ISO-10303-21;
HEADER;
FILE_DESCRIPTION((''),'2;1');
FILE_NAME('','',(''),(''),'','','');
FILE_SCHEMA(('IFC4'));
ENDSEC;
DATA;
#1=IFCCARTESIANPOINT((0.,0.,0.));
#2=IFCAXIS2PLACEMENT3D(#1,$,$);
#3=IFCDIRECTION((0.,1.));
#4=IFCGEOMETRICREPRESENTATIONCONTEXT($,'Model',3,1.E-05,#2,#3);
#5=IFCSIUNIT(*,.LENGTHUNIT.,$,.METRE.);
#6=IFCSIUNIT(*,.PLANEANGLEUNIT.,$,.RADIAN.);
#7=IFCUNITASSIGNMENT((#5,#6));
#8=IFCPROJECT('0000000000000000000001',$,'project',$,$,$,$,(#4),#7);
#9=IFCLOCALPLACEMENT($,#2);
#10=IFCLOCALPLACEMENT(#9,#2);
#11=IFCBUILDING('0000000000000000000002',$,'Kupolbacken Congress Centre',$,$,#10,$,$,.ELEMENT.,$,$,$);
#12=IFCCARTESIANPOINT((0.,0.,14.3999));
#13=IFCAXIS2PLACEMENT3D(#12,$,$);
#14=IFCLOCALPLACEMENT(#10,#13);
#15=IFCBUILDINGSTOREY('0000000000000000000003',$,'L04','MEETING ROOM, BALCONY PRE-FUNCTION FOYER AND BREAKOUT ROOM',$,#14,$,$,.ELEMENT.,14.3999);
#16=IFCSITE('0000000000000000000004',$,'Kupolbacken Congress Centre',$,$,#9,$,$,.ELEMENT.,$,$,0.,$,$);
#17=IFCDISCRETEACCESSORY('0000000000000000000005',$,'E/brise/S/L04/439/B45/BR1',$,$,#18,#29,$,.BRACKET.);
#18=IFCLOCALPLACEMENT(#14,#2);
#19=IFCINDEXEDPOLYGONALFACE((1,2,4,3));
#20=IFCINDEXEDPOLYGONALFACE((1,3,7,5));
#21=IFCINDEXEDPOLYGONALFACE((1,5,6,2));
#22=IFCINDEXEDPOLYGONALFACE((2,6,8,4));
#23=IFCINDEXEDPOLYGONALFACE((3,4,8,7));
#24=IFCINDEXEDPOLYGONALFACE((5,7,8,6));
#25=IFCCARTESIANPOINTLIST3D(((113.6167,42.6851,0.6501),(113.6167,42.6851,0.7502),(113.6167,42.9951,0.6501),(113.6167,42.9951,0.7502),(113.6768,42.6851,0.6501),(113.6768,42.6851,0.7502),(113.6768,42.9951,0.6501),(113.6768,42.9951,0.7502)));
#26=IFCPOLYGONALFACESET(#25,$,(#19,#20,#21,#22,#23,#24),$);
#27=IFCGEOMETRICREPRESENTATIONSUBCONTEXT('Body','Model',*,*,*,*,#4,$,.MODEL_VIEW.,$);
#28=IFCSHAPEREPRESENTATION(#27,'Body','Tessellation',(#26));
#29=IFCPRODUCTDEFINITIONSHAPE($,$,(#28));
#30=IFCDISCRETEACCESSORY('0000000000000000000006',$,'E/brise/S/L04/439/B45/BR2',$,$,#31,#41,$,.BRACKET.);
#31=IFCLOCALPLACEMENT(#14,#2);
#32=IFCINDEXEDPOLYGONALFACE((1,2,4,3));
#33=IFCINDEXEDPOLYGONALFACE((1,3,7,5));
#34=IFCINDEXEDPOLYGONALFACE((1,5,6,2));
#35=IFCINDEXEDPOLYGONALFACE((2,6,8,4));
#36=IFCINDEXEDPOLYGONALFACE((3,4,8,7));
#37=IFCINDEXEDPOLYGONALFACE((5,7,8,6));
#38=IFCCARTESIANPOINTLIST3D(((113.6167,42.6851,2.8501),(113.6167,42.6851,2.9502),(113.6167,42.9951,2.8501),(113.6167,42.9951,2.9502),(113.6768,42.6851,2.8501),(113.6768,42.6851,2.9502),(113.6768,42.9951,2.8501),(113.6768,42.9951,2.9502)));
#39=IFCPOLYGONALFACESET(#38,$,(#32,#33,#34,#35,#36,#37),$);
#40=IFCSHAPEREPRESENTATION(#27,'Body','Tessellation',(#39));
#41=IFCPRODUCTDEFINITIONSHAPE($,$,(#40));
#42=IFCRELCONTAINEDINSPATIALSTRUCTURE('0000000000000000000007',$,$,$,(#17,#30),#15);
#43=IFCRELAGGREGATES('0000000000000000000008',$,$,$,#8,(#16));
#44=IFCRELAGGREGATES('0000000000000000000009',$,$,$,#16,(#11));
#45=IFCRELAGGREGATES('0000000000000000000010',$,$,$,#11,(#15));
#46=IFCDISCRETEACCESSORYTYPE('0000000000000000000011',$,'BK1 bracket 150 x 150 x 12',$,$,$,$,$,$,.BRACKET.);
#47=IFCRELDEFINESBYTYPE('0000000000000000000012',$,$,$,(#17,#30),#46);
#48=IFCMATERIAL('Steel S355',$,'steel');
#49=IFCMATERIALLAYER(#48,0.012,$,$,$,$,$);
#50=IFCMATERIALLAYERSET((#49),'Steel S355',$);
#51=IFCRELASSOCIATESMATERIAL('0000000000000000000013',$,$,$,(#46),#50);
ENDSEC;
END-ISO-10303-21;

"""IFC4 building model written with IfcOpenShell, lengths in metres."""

from ifc_helpers import new_model, si_unit, direction, frame, origin, origin_2d, place, context, subcontext, project, spatial, rectangle, extrude, material, layer, layer_set, type_object, element, save


model = new_model("IFC4")

# Units and contexts
model_context = context("Model", 3, precision=1e-05, world=origin(), true_north=direction((0.0, 1.0)))
body_context = subcontext(model_context, "Body", "Model", "MODEL_VIEW")
ifc_project = project(units=[si_unit("LENGTHUNIT", "METRE"), si_unit("PLANEANGLEUNIT", "RADIAN")], contexts=[model_context])

# Site, building, storey
site_placement = place(None, origin())
site = spatial("IfcSite", under=ifc_project, at=site_placement, Name="Kupolbacken Congress Centre", CompositionType="ELEMENT", RefElevation=0.0)
building_placement = place(site_placement, origin())
building = spatial("IfcBuilding", under=site, at=building_placement, Name="Kupolbacken Congress Centre", CompositionType="ELEMENT")
storey_placement = place(building_placement, frame((0.0, 0.0, 14.3999)))
storey = spatial("IfcBuildingStorey", under=building, at=storey_placement, Name="L04", Description="MEETING ROOM, BALCONY PRE-FUNCTION FOYER AND BREAKOUT ROOM", CompositionType="ELEMENT", Elevation=14.3999)

# Discrete accessories
ifc_material_1 = material(Name="Steel S355", Category="steel")
ifc_layer_1 = layer(ifc_material_1, 0.012)
ifc_layer_set_1 = layer_set([ifc_layer_1], Name="Steel S355")
discrete_accessory_type = type_object("IfcDiscreteAccessoryType", Name="BK1 bracket 150 x 150 x 12", PredefinedType="BRACKET", material=ifc_layer_set_1)
for number, where, z_axis, x_axis, name in (
    (1, (113.6467, 42.8401, 0.6501), (0.0, 0.0, 1.0), (1.0, 0.0, 0.0), "E/brise/S/L04/439/B45/BR1"),
    (2, (113.6467, 42.8401, 2.8501), (0.0, 0.0, 1.0), (1.0, 0.0, 0.0), "E/brise/S/L04/439/B45/BR2"),
):
    element("IfcDiscreteAccessory", number, at=place(storey_placement, frame(where, z_axis=z_axis, x_axis=x_axis)), inside=storey, type_object=discrete_accessory_type, Name=name, PredefinedType="BRACKET", context=body_context, shape_type="SweptSolid", body=[
        extrude(rectangle(XDim=0.0601, YDim=0.3101, at=origin_2d()), origin(), (0.0, 0.0, 1.0), 0.1001),
    ])

save(model, "model.ifc")
